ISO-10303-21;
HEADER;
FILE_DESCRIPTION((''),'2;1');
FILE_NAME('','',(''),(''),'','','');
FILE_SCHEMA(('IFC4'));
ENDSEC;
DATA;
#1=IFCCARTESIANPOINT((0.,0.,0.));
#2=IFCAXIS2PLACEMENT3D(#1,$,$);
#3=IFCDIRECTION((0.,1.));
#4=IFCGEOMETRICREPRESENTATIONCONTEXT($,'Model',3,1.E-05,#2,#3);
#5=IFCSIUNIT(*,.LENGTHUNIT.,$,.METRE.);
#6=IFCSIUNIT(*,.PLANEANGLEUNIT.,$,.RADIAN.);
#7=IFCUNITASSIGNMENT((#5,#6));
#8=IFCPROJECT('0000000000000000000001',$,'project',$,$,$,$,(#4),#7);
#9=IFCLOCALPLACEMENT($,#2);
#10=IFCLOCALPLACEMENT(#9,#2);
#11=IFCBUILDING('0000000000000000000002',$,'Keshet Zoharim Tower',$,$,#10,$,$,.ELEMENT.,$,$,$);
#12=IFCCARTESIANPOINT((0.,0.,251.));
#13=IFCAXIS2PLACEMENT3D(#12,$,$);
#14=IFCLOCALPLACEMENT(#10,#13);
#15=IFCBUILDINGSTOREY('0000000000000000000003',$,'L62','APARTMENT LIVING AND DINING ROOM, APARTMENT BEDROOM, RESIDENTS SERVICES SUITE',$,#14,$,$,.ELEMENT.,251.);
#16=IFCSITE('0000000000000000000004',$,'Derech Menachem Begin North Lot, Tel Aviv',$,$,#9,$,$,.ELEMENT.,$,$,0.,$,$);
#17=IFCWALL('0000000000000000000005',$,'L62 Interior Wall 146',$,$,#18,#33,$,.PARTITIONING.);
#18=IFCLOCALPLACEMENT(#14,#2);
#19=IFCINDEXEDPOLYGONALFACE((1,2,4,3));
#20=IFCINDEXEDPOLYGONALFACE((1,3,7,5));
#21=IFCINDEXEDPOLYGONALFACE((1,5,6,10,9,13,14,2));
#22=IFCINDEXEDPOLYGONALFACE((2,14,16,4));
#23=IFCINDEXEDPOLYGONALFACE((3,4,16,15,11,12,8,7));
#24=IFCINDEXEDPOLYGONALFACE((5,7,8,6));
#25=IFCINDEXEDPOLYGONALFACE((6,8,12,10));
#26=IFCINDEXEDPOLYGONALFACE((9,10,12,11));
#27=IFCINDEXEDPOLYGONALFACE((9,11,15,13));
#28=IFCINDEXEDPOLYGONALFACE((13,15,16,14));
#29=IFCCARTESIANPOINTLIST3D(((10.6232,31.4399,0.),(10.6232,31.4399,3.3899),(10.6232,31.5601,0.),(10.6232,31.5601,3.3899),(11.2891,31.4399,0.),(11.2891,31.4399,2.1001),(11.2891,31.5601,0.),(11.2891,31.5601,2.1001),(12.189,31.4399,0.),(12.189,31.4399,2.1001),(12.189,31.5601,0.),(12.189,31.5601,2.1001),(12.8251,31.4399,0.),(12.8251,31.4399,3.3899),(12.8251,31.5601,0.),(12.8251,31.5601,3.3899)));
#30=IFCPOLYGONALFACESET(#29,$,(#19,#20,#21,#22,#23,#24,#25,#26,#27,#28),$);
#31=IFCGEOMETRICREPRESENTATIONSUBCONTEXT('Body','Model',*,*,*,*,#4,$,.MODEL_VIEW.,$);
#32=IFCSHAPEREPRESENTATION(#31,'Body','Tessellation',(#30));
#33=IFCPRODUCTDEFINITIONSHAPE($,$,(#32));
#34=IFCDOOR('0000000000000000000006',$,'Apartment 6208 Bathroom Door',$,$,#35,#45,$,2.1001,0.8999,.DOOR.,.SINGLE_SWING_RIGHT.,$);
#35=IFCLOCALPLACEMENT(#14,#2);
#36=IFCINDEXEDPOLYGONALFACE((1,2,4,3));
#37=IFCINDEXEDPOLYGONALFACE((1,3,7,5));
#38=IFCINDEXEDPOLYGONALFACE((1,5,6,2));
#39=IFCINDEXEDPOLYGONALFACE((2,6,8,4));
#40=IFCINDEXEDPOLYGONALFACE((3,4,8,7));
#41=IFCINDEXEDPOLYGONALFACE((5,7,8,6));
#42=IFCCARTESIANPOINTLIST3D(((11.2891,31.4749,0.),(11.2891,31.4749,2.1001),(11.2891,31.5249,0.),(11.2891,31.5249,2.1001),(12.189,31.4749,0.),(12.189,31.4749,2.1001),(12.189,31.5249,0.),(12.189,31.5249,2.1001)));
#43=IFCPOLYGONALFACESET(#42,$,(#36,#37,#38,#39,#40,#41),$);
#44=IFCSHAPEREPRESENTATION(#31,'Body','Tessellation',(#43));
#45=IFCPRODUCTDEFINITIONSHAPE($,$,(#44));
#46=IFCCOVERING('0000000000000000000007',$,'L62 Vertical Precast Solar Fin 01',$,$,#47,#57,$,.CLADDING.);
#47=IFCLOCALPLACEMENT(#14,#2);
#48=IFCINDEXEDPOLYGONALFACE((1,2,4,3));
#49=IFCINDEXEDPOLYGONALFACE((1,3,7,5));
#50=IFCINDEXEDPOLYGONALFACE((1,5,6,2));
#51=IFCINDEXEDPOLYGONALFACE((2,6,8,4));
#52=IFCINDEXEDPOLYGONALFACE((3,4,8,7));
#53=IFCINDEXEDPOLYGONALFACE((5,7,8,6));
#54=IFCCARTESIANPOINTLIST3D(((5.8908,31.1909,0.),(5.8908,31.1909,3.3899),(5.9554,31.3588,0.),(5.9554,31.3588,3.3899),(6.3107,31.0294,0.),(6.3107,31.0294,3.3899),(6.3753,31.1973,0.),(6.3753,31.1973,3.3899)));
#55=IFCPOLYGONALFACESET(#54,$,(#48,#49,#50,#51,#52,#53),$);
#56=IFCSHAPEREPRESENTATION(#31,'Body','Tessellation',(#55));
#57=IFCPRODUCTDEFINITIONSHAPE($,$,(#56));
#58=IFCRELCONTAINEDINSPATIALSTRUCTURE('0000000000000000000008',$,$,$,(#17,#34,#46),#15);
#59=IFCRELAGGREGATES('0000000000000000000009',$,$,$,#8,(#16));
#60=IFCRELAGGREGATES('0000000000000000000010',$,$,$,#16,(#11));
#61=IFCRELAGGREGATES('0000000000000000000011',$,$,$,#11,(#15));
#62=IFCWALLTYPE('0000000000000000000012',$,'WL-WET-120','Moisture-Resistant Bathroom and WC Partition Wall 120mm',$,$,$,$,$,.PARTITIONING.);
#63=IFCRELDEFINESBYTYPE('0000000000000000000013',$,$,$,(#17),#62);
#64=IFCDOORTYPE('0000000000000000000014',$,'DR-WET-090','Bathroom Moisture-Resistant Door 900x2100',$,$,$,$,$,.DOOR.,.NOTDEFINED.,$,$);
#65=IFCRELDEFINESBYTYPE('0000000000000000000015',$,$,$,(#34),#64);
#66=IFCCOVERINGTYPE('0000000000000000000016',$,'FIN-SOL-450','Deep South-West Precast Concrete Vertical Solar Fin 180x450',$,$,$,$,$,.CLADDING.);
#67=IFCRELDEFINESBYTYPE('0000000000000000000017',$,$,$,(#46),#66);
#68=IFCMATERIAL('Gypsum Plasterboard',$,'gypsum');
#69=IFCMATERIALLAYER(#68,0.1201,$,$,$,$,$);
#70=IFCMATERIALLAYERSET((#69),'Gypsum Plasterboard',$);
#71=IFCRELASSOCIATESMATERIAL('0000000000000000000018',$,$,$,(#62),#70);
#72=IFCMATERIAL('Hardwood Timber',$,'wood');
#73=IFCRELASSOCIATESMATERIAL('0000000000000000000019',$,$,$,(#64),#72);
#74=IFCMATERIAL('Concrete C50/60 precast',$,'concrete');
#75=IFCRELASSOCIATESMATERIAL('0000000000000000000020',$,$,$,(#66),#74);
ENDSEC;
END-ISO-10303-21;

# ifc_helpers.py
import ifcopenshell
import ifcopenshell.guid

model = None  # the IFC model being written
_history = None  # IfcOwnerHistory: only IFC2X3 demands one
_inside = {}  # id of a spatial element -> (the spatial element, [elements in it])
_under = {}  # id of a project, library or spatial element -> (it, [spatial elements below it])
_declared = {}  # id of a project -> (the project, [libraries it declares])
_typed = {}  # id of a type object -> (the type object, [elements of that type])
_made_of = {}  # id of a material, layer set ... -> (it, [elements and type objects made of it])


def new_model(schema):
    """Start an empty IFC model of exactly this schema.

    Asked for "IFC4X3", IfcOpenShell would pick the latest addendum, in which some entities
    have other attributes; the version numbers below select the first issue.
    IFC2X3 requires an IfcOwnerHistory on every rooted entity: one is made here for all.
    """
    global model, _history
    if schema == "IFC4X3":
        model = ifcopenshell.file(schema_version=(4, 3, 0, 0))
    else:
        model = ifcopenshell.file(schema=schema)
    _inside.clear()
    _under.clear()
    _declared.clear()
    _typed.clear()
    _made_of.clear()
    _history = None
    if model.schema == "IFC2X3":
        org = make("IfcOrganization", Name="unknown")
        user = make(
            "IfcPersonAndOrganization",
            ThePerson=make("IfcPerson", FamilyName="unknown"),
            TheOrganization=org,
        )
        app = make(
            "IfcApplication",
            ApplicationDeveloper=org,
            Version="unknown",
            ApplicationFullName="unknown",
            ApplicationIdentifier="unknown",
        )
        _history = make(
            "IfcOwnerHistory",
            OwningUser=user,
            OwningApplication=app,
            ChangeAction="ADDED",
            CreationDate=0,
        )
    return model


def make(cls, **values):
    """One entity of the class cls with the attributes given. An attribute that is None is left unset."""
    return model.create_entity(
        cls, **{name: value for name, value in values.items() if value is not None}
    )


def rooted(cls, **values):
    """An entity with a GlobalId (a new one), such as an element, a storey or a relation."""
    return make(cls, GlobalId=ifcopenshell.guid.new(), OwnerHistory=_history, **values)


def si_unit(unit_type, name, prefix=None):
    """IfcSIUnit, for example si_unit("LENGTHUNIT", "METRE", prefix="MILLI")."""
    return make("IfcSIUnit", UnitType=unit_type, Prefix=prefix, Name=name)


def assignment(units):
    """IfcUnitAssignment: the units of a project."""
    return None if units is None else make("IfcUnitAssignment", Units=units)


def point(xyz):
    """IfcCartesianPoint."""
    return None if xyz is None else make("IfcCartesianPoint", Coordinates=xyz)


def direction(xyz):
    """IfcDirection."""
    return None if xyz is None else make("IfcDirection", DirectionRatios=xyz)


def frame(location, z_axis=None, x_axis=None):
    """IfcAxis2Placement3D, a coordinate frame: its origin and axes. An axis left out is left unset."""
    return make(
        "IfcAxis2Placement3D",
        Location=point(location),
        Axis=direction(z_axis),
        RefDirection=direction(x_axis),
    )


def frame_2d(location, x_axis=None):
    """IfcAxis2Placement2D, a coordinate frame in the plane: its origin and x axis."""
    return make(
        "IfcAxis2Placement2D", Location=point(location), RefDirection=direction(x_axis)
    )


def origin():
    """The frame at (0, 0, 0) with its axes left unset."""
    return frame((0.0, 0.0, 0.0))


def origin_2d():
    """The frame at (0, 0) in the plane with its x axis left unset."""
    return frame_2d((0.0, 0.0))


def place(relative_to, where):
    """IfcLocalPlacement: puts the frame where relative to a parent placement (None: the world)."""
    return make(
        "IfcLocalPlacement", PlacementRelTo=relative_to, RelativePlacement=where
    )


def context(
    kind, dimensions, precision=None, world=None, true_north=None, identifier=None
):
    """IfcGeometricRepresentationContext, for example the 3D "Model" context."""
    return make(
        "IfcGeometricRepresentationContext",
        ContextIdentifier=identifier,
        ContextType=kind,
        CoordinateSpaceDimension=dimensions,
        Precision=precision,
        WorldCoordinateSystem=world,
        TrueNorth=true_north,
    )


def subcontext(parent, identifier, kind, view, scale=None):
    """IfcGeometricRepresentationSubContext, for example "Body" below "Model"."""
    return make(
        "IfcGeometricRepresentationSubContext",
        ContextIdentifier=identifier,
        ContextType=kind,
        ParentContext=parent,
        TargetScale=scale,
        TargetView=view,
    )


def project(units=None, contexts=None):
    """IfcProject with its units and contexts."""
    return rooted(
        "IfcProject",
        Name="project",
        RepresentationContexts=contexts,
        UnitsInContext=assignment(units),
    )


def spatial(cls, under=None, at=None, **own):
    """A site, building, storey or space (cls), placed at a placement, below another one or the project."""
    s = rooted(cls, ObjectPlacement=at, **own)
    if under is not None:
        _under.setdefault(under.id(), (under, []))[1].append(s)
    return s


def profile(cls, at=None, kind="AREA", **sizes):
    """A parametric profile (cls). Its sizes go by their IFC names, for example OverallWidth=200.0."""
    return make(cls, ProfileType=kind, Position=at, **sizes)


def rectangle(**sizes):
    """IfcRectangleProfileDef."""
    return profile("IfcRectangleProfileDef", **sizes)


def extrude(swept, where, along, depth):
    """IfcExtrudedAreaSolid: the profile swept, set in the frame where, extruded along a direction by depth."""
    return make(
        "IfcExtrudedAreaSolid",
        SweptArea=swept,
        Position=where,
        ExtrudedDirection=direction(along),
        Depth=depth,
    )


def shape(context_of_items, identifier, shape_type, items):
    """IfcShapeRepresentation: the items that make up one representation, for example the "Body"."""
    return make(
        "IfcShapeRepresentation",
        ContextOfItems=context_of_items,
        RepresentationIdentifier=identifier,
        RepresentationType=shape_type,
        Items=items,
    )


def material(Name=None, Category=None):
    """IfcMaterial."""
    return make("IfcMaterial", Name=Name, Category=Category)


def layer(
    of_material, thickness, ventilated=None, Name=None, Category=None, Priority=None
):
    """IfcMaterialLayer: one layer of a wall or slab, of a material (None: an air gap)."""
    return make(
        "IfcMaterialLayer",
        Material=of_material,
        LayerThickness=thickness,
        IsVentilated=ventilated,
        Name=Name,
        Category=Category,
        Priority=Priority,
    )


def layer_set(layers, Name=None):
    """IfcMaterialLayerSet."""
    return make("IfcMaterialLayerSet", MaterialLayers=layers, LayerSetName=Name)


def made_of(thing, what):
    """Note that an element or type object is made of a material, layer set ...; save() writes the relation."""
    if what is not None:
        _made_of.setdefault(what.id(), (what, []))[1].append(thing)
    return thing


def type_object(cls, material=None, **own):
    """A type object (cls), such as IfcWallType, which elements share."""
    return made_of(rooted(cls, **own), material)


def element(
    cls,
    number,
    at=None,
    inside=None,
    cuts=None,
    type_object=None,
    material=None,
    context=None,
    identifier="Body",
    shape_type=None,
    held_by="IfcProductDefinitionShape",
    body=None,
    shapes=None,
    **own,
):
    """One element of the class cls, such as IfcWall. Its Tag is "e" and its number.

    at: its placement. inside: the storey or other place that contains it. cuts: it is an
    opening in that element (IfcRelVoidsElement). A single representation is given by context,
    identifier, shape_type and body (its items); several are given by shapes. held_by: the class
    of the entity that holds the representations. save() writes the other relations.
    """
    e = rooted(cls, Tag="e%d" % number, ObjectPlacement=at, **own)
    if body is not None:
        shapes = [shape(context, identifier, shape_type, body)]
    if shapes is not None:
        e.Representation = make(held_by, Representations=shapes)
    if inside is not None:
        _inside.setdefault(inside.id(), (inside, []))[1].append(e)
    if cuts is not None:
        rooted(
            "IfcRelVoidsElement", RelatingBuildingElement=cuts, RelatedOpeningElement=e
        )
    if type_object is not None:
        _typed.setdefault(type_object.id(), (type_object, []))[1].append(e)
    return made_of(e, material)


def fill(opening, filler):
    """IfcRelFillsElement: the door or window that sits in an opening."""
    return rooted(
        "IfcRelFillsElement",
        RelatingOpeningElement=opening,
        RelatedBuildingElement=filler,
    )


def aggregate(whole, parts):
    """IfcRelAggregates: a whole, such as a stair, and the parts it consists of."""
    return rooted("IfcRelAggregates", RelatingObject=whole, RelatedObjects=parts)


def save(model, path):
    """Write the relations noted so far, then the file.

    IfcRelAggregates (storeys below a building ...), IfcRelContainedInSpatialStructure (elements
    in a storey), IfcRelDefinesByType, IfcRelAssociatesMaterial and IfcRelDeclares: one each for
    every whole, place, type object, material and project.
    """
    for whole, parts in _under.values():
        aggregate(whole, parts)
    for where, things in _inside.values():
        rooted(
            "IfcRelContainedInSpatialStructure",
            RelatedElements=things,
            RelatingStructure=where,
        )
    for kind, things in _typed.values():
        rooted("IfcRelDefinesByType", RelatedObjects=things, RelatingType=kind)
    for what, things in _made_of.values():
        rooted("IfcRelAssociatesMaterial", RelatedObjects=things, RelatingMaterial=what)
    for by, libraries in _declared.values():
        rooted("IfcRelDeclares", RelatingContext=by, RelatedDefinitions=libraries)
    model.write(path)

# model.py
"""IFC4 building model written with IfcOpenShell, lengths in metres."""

from ifc_helpers import new_model, si_unit, direction, frame, frame_2d, origin, origin_2d, place, context, subcontext, project, spatial, rectangle, extrude, material, layer, layer_set, type_object, element, fill, save


model = new_model("IFC4")

# Units and contexts
model_context = context("Model", 3, precision=1e-05, world=origin(), true_north=direction((0.0, 1.0)))
body_context = subcontext(model_context, "Body", "Model", "MODEL_VIEW")
ifc_project = project(units=[si_unit("LENGTHUNIT", "METRE"), si_unit("PLANEANGLEUNIT", "RADIAN")], contexts=[model_context])

# Site, building, storey
site_placement = place(None, origin())
site = spatial("IfcSite", under=ifc_project, at=site_placement, Name="Derech Menachem Begin North Lot, Tel Aviv", CompositionType="ELEMENT", RefElevation=0.0)
building_placement = place(site_placement, origin())
building = spatial("IfcBuilding", under=site, at=building_placement, Name="Keshet Zoharim Tower", CompositionType="ELEMENT")
storey_placement = place(building_placement, frame((0.0, 0.0, 251.0)))
storey = spatial("IfcBuildingStorey", under=building, at=storey_placement, Name="L62", Description="APARTMENT LIVING AND DINING ROOM, APARTMENT BEDROOM, RESIDENTS SERVICES SUITE", CompositionType="ELEMENT", Elevation=251.0)

# Shared definitions
ifc_material_1 = material(Name="Hardwood Timber", Category="wood")

# Shared definitions
ifc_material_2 = material(Name="Gypsum Plasterboard", Category="gypsum")

# Shared definitions
ifc_layer_1 = layer(ifc_material_2, 0.1201)
ifc_layer_set_1 = layer_set([ifc_layer_1], Name="Gypsum Plasterboard")
wall_type_1 = type_object("IfcWallType", Name="WL-WET-120", Description="Moisture-Resistant Bathroom and WC Partition Wall 120mm", PredefinedType="PARTITIONING", material=ifc_layer_set_1)

# Wall, opening, door
wall_1_placement = place(storey_placement, frame((10.623, 31.5, 0.0), z_axis=(0.0, 0.0, 1.0), x_axis=(1.0, 0.0, 0.0)))
wall_1 = element("IfcWall", 1, at=wall_1_placement, inside=storey, type_object=wall_type_1, Name="L62 Interior Wall 146", PredefinedType="PARTITIONING", context=body_context, shape_type="SweptSolid", body=[
    extrude(rectangle(XDim=2.2019, YDim=0.1201, at=frame_2d((1.1011, 0.0))), origin(), (0.0, 0.0, 1.0), 3.3899),
])
opening_1_placement = place(wall_1_placement, frame((0.666, 0.0, 0.0)))
opening_1 = element("IfcOpeningElement", 2, at=opening_1_placement, cuts=wall_1, PredefinedType="OPENING", context=body_context, shape_type="SweptSolid", body=[
    extrude(rectangle(XDim=0.8999, YDim=2.1001, at=frame_2d((0.45, 1.05))), frame((0.0, 0.0701, 0.0), z_axis=(0.0, -1.0, 0.0), x_axis=(1.0, 0.0, 0.0)), (0.0, 0.0, 1.0), 0.1401),
])
door_type_1 = type_object("IfcDoorType", Name="DR-WET-090", Description="Bathroom Moisture-Resistant Door 900x2100", OperationType="NOTDEFINED", PredefinedType="DOOR", material=ifc_material_1)
door_1_placement = place(opening_1_placement, origin())
door_1 = element("IfcDoor", 3, at=door_1_placement, inside=storey, type_object=door_type_1, Name="Apartment 6208 Bathroom Door", OperationType="SINGLE_SWING_RIGHT", OverallHeight=2.1001, OverallWidth=0.8999, PredefinedType="DOOR", context=body_context, shape_type="SweptSolid", body=[
    extrude(rectangle(XDim=0.8999, YDim=2.1001, at=frame_2d((0.45, 1.05))), frame((0.0, 0.0249, 0.0), z_axis=(0.0, -1.0, 0.0), x_axis=(1.0, 0.0, 0.0)), (0.0, 0.0, 1.0), 0.05),
])
fill(opening_1, door_1)

# Covering
ifc_material_3 = material(Name="Concrete C50/60 precast", Category="concrete")
covering_type = type_object("IfcCoveringType", Name="FIN-SOL-450", Description="Deep South-West Precast Concrete Vertical Solar Fin 180x450", PredefinedType="CLADDING", material=ifc_material_3)
covering_placement = place(storey_placement, frame((6.1331, 31.1941, 0.0), z_axis=(0.0, 0.0, 1.0), x_axis=(0.35899, 0.933341, 0.0)))
element("IfcCovering", 4, at=covering_placement, inside=storey, type_object=covering_type, Name="L62 Vertical Precast Solar Fin 01", PredefinedType="CLADDING", context=body_context, shape_type="SweptSolid", body=[
    extrude(rectangle(XDim=0.1799, YDim=0.45, at=origin_2d()), origin(), (0.0, 0.0, 1.0), 3.3899),
])

save(model, "model.ifc")
